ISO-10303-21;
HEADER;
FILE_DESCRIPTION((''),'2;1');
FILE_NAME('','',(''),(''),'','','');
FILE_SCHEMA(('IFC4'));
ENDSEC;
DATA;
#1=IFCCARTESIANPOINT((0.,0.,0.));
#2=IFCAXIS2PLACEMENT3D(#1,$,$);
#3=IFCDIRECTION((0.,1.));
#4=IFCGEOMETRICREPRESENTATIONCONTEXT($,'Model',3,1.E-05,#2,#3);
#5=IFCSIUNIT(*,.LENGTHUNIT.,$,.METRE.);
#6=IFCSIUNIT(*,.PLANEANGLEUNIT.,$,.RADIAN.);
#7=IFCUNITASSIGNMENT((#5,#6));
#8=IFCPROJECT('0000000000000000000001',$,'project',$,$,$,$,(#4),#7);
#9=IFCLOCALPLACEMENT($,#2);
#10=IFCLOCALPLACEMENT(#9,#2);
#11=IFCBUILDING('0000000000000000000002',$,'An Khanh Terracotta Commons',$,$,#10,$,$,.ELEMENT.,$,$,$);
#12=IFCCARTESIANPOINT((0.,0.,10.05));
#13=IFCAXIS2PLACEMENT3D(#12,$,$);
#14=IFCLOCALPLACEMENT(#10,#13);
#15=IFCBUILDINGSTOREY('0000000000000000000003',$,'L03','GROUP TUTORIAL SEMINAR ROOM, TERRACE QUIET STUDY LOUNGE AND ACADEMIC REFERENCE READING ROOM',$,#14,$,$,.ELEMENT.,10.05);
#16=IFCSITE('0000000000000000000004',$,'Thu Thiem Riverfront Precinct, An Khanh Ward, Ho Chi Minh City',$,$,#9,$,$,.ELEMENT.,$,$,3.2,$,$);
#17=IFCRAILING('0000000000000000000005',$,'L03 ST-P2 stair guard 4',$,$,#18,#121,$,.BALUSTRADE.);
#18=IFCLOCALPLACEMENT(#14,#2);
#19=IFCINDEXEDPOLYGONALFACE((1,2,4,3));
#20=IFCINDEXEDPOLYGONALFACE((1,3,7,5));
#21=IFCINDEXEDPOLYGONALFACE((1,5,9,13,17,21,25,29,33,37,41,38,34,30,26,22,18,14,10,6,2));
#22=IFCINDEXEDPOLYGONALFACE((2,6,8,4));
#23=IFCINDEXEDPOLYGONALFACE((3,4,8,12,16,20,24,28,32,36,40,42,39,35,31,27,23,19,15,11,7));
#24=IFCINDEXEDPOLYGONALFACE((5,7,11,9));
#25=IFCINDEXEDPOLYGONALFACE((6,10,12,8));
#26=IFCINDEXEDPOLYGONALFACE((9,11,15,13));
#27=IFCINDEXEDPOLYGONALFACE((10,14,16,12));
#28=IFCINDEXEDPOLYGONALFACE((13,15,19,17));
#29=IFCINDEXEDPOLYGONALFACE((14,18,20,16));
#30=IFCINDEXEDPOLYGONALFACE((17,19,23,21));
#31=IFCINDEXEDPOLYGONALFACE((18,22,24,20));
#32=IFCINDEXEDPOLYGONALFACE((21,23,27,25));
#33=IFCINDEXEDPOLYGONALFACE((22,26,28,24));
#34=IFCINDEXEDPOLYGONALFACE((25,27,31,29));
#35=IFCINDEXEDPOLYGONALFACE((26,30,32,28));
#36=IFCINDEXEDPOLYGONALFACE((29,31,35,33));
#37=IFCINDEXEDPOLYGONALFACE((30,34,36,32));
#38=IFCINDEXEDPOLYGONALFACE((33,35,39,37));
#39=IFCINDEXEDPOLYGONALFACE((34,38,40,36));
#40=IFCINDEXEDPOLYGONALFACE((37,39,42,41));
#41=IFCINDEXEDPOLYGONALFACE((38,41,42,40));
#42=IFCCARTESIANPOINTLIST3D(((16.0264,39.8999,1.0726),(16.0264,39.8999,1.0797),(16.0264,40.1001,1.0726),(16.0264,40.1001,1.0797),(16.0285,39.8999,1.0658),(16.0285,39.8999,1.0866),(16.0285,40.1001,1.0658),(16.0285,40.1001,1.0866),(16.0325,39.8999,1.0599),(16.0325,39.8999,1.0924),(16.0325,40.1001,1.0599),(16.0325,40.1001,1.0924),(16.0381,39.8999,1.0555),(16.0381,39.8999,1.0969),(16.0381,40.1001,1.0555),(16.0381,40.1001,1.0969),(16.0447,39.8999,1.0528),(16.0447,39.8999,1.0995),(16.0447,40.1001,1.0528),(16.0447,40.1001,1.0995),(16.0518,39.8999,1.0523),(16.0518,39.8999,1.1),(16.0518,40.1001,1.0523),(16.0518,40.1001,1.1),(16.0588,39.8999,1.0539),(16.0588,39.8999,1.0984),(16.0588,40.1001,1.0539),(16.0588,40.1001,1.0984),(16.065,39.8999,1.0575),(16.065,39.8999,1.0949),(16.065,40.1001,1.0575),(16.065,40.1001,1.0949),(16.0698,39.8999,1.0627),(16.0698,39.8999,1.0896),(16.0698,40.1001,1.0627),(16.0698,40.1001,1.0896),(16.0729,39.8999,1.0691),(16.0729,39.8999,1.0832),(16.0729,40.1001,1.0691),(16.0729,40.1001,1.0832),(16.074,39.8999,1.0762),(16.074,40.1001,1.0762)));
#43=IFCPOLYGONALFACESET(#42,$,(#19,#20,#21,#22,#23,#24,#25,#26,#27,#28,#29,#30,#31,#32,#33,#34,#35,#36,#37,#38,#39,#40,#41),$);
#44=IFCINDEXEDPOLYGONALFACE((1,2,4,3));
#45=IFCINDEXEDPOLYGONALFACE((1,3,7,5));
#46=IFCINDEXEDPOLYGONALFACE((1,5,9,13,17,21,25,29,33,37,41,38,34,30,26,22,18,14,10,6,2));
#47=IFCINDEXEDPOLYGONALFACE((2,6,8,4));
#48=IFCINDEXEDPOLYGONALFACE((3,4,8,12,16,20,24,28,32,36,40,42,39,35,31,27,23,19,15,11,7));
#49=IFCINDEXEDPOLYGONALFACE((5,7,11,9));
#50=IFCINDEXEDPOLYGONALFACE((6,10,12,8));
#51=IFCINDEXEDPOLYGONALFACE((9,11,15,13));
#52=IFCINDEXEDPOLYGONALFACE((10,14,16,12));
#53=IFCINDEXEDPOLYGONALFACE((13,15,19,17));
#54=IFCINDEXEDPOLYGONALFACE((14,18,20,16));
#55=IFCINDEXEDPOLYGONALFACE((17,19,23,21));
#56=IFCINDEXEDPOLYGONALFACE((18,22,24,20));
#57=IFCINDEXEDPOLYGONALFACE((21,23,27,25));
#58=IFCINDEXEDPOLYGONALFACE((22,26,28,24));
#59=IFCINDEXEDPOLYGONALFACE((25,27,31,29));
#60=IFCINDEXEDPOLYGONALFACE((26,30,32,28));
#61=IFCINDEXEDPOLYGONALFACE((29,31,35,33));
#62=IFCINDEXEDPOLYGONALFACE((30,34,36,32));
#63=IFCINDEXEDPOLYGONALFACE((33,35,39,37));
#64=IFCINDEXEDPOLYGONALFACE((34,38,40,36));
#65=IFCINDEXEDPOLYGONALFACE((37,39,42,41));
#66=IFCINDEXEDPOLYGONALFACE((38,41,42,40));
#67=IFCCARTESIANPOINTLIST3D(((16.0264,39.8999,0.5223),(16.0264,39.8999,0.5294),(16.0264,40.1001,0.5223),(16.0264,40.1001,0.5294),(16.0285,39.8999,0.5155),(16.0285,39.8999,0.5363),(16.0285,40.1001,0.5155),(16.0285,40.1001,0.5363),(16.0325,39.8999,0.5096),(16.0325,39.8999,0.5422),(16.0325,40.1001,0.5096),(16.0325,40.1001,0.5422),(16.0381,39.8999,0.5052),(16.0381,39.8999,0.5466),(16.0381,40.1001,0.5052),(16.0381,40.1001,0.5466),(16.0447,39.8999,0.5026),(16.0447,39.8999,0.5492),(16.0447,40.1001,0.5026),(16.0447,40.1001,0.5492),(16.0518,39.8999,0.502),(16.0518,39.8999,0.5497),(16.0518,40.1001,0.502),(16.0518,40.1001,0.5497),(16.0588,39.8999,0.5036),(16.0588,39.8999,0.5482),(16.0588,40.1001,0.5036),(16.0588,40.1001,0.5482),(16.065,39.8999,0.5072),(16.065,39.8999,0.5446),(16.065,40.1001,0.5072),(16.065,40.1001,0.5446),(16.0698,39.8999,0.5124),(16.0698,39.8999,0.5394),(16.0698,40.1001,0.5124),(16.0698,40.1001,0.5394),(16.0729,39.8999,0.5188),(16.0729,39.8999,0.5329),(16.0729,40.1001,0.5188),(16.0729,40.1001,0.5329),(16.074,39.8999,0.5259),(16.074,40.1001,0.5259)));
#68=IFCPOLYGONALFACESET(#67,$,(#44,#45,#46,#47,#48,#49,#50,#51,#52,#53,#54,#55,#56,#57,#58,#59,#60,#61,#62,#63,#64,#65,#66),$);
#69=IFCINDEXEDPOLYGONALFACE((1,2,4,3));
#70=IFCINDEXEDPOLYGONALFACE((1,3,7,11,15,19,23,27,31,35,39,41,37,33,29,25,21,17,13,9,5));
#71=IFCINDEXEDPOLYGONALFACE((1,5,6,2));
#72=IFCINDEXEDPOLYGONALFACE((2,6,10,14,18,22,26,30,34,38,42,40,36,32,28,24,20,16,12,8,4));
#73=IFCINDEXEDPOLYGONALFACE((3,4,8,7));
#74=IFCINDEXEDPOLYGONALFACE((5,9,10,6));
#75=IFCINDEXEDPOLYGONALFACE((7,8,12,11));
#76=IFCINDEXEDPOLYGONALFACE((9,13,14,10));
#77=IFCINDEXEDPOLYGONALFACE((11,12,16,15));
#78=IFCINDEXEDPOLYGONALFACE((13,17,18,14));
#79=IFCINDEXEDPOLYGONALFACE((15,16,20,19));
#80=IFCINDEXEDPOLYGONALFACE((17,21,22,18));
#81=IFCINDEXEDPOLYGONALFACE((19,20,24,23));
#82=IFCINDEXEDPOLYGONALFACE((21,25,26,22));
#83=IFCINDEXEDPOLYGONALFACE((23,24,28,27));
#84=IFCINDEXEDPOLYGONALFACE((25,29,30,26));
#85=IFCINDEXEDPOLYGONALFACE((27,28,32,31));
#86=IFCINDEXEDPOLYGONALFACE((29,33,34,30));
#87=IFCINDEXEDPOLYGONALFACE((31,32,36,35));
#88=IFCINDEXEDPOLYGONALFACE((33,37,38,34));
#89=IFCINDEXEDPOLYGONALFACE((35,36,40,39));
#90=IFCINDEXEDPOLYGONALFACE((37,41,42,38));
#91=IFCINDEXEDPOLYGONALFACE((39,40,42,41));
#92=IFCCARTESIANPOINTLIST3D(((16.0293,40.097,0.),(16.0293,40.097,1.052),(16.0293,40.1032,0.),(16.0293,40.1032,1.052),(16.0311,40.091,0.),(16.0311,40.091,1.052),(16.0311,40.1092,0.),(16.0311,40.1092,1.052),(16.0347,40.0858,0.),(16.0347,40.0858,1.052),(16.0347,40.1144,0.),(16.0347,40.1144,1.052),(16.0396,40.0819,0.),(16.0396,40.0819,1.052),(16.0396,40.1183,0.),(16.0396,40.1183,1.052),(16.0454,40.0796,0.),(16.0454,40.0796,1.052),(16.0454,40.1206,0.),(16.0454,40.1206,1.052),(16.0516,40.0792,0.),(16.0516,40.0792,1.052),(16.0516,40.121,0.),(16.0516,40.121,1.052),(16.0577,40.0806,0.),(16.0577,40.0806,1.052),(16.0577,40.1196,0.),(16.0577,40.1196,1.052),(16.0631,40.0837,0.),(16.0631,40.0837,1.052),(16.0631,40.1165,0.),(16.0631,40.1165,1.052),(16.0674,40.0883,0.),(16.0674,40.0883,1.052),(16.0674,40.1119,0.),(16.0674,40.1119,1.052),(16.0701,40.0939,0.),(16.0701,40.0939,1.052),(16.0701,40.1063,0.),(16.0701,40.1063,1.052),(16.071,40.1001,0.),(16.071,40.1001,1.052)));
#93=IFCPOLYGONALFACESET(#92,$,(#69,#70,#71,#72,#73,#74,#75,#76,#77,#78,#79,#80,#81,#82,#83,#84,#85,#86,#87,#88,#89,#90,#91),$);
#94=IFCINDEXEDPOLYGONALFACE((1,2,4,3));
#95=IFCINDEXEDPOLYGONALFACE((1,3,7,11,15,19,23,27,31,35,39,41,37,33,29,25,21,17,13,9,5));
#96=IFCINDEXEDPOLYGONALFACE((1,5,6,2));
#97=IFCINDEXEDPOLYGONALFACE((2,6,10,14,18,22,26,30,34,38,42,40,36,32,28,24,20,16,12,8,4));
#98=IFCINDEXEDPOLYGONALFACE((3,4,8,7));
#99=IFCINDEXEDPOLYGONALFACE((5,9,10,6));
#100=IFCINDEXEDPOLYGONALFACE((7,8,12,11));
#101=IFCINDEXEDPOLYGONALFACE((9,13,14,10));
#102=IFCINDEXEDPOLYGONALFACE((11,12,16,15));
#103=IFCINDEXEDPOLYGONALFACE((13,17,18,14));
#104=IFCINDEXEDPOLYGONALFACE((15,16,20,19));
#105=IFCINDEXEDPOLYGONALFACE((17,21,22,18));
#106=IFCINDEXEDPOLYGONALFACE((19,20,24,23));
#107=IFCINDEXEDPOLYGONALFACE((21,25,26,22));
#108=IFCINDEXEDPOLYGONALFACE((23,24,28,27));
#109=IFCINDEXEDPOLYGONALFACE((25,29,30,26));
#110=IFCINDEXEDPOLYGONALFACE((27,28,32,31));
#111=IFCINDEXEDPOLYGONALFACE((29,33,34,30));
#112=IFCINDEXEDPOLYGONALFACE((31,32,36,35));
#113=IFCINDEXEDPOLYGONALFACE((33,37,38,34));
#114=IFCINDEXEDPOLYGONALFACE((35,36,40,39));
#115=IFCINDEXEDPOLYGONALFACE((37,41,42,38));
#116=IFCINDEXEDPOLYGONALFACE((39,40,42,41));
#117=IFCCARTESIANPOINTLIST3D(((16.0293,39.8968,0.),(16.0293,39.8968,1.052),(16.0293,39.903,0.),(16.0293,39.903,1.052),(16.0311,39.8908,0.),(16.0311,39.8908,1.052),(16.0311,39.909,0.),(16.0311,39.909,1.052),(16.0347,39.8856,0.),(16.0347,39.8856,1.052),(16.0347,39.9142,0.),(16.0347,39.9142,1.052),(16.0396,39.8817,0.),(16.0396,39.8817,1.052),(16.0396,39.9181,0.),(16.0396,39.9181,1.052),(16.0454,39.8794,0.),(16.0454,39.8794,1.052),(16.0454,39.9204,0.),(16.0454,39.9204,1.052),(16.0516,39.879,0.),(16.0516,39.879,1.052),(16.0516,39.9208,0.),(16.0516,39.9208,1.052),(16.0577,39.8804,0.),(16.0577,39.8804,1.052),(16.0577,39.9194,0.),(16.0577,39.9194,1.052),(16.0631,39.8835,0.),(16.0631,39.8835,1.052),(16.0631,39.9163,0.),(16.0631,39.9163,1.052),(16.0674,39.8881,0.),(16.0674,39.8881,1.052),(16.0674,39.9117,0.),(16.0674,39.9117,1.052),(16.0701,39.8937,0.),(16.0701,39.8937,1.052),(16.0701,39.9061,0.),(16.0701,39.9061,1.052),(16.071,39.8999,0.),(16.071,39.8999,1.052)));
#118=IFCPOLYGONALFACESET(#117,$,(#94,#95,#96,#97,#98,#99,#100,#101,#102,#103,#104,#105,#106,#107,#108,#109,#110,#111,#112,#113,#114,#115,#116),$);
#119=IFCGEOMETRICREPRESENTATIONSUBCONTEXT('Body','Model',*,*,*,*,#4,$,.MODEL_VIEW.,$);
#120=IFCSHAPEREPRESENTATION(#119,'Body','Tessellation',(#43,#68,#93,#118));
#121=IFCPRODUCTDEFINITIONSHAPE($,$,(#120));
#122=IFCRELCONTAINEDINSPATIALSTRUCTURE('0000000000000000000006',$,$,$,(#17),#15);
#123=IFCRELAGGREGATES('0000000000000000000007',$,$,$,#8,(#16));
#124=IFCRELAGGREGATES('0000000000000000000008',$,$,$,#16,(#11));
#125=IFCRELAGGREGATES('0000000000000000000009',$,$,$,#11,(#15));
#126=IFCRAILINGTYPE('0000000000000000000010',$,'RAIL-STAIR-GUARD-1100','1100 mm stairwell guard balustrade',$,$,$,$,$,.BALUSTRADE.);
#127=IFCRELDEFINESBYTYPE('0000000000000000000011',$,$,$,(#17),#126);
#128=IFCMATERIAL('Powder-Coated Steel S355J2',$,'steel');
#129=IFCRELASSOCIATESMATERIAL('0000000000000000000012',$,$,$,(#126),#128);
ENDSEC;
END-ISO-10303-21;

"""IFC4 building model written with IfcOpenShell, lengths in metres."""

from ifc_helpers import new_model, si_unit, direction, frame, origin, origin_2d, place, context, subcontext, project, spatial, circle, extrude, material, type_object, element, save


model = new_model("IFC4")

# Units and contexts
model_context = context("Model", 3, precision=1e-05, world=origin(), true_north=direction((0.0, 1.0)))
body_context = subcontext(model_context, "Body", "Model", "MODEL_VIEW")
ifc_project = project(units=[si_unit("LENGTHUNIT", "METRE"), si_unit("PLANEANGLEUNIT", "RADIAN")], contexts=[model_context])

# Site, building, storey
site_placement = place(None, origin())
site = spatial("IfcSite", under=ifc_project, at=site_placement, Name="Thu Thiem Riverfront Precinct, An Khanh Ward, Ho Chi Minh City", CompositionType="ELEMENT", RefElevation=3.2)
building_placement = place(site_placement, origin())
building = spatial("IfcBuilding", under=site, at=building_placement, Name="An Khanh Terracotta Commons", CompositionType="ELEMENT")
storey_placement = place(building_placement, frame((0.0, 0.0, 10.05)))
storey = spatial("IfcBuildingStorey", under=building, at=storey_placement, Name="L03", Description="GROUP TUTORIAL SEMINAR ROOM, TERRACE QUIET STUDY LOUNGE AND ACADEMIC REFERENCE READING ROOM", CompositionType="ELEMENT", Elevation=10.05)

# Railing
ifc_material_1 = material(Name="Powder-Coated Steel S355J2", Category="steel")
railing_type_1 = type_object("IfcRailingType", Name="RAIL-STAIR-GUARD-1100", Description="1100 mm stairwell guard balustrade", PredefinedType="BALUSTRADE", material=ifc_material_1)
railing_1_placement = place(storey_placement, frame((16.05, 40.1001, 0.0)))
element("IfcRailing", 1, at=railing_1_placement, inside=storey, type_object=railing_type_1, Name="L03 ST-P2 stair guard 4", PredefinedType="BALUSTRADE", context=body_context, shape_type="SweptSolid", body=[
    extrude(circle(Radius=0.0239, at=origin_2d()), frame((0.0, 0.0, 1.0762), z_axis=(0.0, -1.0, 0.0), x_axis=(1.0, 0.0, 0.0)), (0.0, 0.0, 1.0), 0.2002),
    extrude(circle(Radius=0.0239, at=origin_2d()), frame((0.0, 0.0, 0.5259), z_axis=(0.0, -1.0, 0.0), x_axis=(1.0, 0.0, 0.0)), (0.0, 0.0, 1.0), 0.2002),
    extrude(circle(Radius=0.021, at=origin_2d()), origin(), (0.0, 0.0, 1.0), 1.052),
    extrude(circle(Radius=0.021, at=origin_2d()), frame((0.0, -0.2002, 0.0)), (0.0, 0.0, 1.0), 1.052),
])

save(model, "model.ifc")
